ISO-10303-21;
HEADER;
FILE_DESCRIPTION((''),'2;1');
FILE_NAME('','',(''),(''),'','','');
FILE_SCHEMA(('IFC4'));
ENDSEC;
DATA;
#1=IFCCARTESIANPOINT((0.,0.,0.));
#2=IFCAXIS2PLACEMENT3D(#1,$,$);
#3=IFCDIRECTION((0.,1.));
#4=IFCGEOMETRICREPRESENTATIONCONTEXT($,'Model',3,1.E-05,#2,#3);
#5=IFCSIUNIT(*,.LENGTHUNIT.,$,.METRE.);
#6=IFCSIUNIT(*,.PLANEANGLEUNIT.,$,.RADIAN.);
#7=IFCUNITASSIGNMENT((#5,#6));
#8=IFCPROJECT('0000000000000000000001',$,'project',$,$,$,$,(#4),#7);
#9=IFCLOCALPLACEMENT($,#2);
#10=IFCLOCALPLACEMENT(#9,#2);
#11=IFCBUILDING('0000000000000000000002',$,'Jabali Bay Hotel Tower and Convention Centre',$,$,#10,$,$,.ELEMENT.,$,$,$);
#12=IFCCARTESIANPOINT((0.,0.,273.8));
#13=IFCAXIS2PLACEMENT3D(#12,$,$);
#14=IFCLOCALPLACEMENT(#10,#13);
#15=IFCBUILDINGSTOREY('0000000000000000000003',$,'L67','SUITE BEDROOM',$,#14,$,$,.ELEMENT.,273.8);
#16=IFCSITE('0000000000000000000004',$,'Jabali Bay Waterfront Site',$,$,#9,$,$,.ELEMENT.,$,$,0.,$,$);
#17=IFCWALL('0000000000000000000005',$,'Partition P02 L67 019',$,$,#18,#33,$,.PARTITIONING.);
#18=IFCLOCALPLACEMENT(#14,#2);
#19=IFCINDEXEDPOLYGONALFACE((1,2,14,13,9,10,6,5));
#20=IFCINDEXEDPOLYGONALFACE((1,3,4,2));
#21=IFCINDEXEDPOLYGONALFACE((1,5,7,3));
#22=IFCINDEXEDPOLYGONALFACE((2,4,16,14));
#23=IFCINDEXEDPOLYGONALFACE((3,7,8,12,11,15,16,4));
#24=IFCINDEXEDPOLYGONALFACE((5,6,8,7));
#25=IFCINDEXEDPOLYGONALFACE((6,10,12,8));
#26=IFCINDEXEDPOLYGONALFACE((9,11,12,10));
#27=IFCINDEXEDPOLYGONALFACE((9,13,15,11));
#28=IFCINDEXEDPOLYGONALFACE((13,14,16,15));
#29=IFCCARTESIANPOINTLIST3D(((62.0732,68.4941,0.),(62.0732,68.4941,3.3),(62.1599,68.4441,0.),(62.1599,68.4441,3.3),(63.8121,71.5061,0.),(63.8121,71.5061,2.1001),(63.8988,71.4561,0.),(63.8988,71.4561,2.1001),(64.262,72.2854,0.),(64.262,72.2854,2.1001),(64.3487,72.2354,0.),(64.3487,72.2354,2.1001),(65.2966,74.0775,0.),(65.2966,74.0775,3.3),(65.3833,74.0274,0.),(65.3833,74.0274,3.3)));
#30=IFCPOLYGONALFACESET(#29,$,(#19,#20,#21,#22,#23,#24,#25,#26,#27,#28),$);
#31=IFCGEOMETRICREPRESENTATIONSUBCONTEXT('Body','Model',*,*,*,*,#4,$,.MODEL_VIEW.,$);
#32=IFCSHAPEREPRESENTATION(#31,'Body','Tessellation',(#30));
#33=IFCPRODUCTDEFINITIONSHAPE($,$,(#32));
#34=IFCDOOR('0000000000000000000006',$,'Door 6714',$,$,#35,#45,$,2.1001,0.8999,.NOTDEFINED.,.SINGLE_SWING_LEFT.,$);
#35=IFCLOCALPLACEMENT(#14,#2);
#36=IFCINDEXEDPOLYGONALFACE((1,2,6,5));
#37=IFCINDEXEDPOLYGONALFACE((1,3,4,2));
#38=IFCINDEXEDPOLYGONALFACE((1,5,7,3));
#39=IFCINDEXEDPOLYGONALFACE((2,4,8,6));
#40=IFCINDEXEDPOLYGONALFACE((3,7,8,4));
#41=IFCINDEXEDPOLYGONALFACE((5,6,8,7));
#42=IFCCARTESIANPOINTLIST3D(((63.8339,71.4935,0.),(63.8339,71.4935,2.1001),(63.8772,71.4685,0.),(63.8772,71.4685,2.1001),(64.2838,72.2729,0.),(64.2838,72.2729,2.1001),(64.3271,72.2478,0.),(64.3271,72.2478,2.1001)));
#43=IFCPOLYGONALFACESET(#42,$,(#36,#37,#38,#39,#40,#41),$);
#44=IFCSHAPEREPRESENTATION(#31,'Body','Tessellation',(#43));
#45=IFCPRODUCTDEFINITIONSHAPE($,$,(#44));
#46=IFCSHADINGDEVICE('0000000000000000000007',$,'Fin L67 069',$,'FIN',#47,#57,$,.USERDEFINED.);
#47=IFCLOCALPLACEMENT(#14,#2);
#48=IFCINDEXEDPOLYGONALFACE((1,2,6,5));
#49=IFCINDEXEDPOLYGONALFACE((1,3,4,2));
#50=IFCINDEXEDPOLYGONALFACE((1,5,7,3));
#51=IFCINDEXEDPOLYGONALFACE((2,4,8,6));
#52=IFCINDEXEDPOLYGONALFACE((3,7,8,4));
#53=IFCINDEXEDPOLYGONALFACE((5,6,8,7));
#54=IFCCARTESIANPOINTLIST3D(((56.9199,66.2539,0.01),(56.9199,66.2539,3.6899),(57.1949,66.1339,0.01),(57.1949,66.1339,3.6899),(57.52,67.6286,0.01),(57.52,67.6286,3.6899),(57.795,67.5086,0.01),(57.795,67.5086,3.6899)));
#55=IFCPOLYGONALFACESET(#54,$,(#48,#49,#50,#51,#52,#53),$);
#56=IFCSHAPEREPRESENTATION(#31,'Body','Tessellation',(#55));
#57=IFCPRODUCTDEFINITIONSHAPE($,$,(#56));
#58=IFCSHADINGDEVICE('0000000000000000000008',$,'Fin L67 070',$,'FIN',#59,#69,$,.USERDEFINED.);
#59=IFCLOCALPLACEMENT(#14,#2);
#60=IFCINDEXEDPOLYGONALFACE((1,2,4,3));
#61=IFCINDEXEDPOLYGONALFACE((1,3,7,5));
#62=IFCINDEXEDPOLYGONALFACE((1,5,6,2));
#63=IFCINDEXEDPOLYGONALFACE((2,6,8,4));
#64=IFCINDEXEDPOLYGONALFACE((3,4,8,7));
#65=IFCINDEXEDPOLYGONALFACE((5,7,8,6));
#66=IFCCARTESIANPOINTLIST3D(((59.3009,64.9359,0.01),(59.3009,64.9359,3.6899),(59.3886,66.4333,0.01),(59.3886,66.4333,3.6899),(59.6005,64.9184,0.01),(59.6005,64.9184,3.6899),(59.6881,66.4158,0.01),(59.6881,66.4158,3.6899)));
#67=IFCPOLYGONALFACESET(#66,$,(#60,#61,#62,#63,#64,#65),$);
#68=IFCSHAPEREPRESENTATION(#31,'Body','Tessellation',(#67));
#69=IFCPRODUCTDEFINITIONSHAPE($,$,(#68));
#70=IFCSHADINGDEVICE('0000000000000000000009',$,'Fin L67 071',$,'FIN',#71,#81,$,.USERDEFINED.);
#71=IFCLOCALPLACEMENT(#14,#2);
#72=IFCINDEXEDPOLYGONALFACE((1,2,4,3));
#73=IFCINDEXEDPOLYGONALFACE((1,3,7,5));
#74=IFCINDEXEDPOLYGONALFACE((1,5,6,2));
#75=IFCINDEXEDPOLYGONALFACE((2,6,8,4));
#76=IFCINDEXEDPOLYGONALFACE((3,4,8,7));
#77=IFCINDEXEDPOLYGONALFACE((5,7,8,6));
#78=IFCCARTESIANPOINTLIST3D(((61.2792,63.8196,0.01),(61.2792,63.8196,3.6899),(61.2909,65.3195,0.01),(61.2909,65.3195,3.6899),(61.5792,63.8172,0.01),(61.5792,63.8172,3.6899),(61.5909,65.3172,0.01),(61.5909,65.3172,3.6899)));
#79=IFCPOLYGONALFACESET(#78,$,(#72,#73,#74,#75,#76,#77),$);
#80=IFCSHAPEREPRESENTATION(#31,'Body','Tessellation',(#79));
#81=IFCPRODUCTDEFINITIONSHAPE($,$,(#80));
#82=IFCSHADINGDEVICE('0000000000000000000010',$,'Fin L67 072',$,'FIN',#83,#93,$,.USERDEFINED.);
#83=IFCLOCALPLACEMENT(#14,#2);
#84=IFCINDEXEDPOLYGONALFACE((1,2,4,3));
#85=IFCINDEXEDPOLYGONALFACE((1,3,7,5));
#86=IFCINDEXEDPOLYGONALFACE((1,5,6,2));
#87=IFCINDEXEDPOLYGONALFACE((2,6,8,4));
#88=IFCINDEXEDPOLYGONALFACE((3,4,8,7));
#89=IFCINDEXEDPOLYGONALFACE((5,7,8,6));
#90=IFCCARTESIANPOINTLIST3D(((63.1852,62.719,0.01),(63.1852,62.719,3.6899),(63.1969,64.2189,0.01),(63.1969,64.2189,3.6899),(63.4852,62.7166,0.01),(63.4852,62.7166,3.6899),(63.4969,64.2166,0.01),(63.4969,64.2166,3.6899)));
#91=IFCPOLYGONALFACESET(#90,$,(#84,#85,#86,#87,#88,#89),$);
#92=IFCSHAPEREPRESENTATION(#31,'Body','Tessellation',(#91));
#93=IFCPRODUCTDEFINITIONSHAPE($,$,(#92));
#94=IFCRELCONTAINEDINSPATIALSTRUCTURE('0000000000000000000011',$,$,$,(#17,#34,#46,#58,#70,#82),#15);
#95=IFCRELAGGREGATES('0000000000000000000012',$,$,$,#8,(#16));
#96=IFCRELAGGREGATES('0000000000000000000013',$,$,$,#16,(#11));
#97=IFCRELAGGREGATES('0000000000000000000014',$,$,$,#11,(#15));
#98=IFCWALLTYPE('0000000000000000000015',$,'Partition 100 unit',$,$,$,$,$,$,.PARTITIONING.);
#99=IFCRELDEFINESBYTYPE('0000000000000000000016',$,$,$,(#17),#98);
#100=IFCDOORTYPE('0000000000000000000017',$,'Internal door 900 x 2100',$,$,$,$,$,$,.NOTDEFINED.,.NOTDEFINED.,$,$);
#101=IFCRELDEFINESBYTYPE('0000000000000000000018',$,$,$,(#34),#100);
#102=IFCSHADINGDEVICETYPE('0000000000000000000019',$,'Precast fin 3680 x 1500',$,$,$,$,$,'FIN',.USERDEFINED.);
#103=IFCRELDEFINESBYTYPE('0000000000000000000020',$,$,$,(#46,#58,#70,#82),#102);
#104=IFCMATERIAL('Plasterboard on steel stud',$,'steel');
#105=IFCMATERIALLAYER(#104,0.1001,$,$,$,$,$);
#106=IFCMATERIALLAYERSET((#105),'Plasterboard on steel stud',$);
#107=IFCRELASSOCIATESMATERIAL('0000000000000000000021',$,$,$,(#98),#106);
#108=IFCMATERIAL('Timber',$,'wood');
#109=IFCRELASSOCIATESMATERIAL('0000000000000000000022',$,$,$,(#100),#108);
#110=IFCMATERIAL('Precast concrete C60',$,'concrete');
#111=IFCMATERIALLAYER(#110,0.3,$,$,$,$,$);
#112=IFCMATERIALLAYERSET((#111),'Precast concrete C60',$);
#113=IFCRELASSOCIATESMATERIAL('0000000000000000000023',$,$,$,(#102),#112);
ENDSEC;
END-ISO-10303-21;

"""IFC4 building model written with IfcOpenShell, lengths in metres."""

from ifc_helpers import new_model, si_unit, direction, frame, frame_2d, origin, place, context, subcontext, project, spatial, rectangle, extrude, material, layer, layer_set, type_object, element, fill, save


model = new_model("IFC4")

# Units and contexts
model_context = context("Model", 3, precision=1e-05, world=origin(), true_north=direction((0.0, 1.0)))
body_context = subcontext(model_context, "Body", "Model", "MODEL_VIEW")
ifc_project = project(units=[si_unit("LENGTHUNIT", "METRE"), si_unit("PLANEANGLEUNIT", "RADIAN")], contexts=[model_context])

# Site, building, storey
site_placement = place(None, origin())
site = spatial("IfcSite", under=ifc_project, at=site_placement, Name="Jabali Bay Waterfront Site", CompositionType="ELEMENT", RefElevation=0.0)
building_placement = place(site_placement, origin())
building = spatial("IfcBuilding", under=site, at=building_placement, Name="Jabali Bay Hotel Tower and Convention Centre", CompositionType="ELEMENT")
storey_placement = place(building_placement, frame((0.0, 0.0, 273.8)))
storey = spatial("IfcBuildingStorey", under=building, at=storey_placement, Name="L67", Description="SUITE BEDROOM", CompositionType="ELEMENT", Elevation=273.8)

# Wall, opening, door
ifc_material_1 = material(Name="Plasterboard on steel stud", Category="steel")
ifc_layer_1 = layer(ifc_material_1, 0.1001)
ifc_layer_set_1 = layer_set([ifc_layer_1], Name="Plasterboard on steel stud")
wall_type = type_object("IfcWallType", Name="Partition 100 unit", PredefinedType="PARTITIONING", material=ifc_layer_set_1)
wall_placement = place(storey_placement, frame((62.1165, 68.469, 0.0), z_axis=(0.0, 0.0, 1.0), x_axis=(0.499988, 0.866032, 0.0)))
wall = element("IfcWall", 1, at=wall_placement, inside=storey, type_object=wall_type, Name="Partition P02 L67 019", PredefinedType="PARTITIONING", context=body_context, shape_type="SweptSolid", body=[
    extrude(rectangle(XDim=6.447, YDim=0.1001, at=frame_2d((3.2236, 0.0))), origin(), (0.0, 0.0, 1.0), 3.3),
])
opening_placement = place(wall_placement, frame((3.478, 0.0, 0.0)))
opening = element("IfcOpeningElement", 2, at=opening_placement, cuts=wall, PredefinedType="OPENING", context=body_context, shape_type="SweptSolid", body=[
    extrude(rectangle(XDim=0.8999, YDim=2.1001, at=frame_2d((0.45, 1.05))), frame((0.0, 0.0605, 0.0), z_axis=(0.0, -1.0, 0.0), x_axis=(1.0, 0.0, 0.0)), (0.0, 0.0, 1.0), 0.1211),
])
ifc_material_2 = material(Name="Timber", Category="wood")
door_type = type_object("IfcDoorType", Name="Internal door 900 x 2100", OperationType="NOTDEFINED", PredefinedType="NOTDEFINED", material=ifc_material_2)
door_placement = place(opening_placement, origin())
door = element("IfcDoor", 3, at=door_placement, inside=storey, type_object=door_type, Name="Door 6714", OperationType="SINGLE_SWING_LEFT", OverallHeight=2.1001, OverallWidth=0.8999, PredefinedType="NOTDEFINED", context=body_context, shape_type="SweptSolid", body=[
    extrude(rectangle(XDim=0.8999, YDim=2.1001, at=frame_2d((0.45, 1.05))), frame((0.0, 0.0249, 0.0), z_axis=(0.0, -1.0, 0.0), x_axis=(1.0, 0.0, 0.0)), (0.0, 0.0, 1.0), 0.05),
])
fill(opening, door)

# Shading devices
ifc_material_3 = material(Name="Precast concrete C60", Category="concrete")
ifc_layer_2 = layer(ifc_material_3, 0.3)
ifc_layer_set_2 = layer_set([ifc_layer_2], Name="Precast concrete C60")
shading_device_type = type_object("IfcShadingDeviceType", Name="Precast fin 3680 x 1500", ElementType="FIN", PredefinedType="USERDEFINED", material=ifc_layer_set_2)
for number, where, z_axis, x_axis, name in (
    (4, (57.6575, 67.5686, 0.01), (0.0, 0.0, 1.0), (-0.400059, -0.916489, 0.0), "Fin L67 069"),
    (5, (59.5383, 66.4246, 0.01), (0.0, 0.0, 1.0), (-0.058426, -0.998292, 0.0), "Fin L67 070"),
    (6, (61.4409, 65.3184, 0.01), (0.0, 0.0, 1.0), (-0.007812, -0.999969, 0.0), "Fin L67 071"),
    (7, (63.3469, 64.2178, 0.01), (0.0, 0.0, 1.0), (-0.007812, -0.999969, 0.0), "Fin L67 072"),
):
    element("IfcShadingDevice", number, at=place(storey_placement, frame(where, z_axis=z_axis, x_axis=x_axis)), inside=storey, type_object=shading_device_type, Name=name, ObjectType="FIN", PredefinedType="USERDEFINED", context=body_context, shape_type="SweptSolid", body=[
        extrude(rectangle(XDim=1.5, YDim=0.3, at=frame_2d((0.75, 0.0))), origin(), (0.0, 0.0, 1.0), 3.6799),
    ])

save(model, "model.ifc")
